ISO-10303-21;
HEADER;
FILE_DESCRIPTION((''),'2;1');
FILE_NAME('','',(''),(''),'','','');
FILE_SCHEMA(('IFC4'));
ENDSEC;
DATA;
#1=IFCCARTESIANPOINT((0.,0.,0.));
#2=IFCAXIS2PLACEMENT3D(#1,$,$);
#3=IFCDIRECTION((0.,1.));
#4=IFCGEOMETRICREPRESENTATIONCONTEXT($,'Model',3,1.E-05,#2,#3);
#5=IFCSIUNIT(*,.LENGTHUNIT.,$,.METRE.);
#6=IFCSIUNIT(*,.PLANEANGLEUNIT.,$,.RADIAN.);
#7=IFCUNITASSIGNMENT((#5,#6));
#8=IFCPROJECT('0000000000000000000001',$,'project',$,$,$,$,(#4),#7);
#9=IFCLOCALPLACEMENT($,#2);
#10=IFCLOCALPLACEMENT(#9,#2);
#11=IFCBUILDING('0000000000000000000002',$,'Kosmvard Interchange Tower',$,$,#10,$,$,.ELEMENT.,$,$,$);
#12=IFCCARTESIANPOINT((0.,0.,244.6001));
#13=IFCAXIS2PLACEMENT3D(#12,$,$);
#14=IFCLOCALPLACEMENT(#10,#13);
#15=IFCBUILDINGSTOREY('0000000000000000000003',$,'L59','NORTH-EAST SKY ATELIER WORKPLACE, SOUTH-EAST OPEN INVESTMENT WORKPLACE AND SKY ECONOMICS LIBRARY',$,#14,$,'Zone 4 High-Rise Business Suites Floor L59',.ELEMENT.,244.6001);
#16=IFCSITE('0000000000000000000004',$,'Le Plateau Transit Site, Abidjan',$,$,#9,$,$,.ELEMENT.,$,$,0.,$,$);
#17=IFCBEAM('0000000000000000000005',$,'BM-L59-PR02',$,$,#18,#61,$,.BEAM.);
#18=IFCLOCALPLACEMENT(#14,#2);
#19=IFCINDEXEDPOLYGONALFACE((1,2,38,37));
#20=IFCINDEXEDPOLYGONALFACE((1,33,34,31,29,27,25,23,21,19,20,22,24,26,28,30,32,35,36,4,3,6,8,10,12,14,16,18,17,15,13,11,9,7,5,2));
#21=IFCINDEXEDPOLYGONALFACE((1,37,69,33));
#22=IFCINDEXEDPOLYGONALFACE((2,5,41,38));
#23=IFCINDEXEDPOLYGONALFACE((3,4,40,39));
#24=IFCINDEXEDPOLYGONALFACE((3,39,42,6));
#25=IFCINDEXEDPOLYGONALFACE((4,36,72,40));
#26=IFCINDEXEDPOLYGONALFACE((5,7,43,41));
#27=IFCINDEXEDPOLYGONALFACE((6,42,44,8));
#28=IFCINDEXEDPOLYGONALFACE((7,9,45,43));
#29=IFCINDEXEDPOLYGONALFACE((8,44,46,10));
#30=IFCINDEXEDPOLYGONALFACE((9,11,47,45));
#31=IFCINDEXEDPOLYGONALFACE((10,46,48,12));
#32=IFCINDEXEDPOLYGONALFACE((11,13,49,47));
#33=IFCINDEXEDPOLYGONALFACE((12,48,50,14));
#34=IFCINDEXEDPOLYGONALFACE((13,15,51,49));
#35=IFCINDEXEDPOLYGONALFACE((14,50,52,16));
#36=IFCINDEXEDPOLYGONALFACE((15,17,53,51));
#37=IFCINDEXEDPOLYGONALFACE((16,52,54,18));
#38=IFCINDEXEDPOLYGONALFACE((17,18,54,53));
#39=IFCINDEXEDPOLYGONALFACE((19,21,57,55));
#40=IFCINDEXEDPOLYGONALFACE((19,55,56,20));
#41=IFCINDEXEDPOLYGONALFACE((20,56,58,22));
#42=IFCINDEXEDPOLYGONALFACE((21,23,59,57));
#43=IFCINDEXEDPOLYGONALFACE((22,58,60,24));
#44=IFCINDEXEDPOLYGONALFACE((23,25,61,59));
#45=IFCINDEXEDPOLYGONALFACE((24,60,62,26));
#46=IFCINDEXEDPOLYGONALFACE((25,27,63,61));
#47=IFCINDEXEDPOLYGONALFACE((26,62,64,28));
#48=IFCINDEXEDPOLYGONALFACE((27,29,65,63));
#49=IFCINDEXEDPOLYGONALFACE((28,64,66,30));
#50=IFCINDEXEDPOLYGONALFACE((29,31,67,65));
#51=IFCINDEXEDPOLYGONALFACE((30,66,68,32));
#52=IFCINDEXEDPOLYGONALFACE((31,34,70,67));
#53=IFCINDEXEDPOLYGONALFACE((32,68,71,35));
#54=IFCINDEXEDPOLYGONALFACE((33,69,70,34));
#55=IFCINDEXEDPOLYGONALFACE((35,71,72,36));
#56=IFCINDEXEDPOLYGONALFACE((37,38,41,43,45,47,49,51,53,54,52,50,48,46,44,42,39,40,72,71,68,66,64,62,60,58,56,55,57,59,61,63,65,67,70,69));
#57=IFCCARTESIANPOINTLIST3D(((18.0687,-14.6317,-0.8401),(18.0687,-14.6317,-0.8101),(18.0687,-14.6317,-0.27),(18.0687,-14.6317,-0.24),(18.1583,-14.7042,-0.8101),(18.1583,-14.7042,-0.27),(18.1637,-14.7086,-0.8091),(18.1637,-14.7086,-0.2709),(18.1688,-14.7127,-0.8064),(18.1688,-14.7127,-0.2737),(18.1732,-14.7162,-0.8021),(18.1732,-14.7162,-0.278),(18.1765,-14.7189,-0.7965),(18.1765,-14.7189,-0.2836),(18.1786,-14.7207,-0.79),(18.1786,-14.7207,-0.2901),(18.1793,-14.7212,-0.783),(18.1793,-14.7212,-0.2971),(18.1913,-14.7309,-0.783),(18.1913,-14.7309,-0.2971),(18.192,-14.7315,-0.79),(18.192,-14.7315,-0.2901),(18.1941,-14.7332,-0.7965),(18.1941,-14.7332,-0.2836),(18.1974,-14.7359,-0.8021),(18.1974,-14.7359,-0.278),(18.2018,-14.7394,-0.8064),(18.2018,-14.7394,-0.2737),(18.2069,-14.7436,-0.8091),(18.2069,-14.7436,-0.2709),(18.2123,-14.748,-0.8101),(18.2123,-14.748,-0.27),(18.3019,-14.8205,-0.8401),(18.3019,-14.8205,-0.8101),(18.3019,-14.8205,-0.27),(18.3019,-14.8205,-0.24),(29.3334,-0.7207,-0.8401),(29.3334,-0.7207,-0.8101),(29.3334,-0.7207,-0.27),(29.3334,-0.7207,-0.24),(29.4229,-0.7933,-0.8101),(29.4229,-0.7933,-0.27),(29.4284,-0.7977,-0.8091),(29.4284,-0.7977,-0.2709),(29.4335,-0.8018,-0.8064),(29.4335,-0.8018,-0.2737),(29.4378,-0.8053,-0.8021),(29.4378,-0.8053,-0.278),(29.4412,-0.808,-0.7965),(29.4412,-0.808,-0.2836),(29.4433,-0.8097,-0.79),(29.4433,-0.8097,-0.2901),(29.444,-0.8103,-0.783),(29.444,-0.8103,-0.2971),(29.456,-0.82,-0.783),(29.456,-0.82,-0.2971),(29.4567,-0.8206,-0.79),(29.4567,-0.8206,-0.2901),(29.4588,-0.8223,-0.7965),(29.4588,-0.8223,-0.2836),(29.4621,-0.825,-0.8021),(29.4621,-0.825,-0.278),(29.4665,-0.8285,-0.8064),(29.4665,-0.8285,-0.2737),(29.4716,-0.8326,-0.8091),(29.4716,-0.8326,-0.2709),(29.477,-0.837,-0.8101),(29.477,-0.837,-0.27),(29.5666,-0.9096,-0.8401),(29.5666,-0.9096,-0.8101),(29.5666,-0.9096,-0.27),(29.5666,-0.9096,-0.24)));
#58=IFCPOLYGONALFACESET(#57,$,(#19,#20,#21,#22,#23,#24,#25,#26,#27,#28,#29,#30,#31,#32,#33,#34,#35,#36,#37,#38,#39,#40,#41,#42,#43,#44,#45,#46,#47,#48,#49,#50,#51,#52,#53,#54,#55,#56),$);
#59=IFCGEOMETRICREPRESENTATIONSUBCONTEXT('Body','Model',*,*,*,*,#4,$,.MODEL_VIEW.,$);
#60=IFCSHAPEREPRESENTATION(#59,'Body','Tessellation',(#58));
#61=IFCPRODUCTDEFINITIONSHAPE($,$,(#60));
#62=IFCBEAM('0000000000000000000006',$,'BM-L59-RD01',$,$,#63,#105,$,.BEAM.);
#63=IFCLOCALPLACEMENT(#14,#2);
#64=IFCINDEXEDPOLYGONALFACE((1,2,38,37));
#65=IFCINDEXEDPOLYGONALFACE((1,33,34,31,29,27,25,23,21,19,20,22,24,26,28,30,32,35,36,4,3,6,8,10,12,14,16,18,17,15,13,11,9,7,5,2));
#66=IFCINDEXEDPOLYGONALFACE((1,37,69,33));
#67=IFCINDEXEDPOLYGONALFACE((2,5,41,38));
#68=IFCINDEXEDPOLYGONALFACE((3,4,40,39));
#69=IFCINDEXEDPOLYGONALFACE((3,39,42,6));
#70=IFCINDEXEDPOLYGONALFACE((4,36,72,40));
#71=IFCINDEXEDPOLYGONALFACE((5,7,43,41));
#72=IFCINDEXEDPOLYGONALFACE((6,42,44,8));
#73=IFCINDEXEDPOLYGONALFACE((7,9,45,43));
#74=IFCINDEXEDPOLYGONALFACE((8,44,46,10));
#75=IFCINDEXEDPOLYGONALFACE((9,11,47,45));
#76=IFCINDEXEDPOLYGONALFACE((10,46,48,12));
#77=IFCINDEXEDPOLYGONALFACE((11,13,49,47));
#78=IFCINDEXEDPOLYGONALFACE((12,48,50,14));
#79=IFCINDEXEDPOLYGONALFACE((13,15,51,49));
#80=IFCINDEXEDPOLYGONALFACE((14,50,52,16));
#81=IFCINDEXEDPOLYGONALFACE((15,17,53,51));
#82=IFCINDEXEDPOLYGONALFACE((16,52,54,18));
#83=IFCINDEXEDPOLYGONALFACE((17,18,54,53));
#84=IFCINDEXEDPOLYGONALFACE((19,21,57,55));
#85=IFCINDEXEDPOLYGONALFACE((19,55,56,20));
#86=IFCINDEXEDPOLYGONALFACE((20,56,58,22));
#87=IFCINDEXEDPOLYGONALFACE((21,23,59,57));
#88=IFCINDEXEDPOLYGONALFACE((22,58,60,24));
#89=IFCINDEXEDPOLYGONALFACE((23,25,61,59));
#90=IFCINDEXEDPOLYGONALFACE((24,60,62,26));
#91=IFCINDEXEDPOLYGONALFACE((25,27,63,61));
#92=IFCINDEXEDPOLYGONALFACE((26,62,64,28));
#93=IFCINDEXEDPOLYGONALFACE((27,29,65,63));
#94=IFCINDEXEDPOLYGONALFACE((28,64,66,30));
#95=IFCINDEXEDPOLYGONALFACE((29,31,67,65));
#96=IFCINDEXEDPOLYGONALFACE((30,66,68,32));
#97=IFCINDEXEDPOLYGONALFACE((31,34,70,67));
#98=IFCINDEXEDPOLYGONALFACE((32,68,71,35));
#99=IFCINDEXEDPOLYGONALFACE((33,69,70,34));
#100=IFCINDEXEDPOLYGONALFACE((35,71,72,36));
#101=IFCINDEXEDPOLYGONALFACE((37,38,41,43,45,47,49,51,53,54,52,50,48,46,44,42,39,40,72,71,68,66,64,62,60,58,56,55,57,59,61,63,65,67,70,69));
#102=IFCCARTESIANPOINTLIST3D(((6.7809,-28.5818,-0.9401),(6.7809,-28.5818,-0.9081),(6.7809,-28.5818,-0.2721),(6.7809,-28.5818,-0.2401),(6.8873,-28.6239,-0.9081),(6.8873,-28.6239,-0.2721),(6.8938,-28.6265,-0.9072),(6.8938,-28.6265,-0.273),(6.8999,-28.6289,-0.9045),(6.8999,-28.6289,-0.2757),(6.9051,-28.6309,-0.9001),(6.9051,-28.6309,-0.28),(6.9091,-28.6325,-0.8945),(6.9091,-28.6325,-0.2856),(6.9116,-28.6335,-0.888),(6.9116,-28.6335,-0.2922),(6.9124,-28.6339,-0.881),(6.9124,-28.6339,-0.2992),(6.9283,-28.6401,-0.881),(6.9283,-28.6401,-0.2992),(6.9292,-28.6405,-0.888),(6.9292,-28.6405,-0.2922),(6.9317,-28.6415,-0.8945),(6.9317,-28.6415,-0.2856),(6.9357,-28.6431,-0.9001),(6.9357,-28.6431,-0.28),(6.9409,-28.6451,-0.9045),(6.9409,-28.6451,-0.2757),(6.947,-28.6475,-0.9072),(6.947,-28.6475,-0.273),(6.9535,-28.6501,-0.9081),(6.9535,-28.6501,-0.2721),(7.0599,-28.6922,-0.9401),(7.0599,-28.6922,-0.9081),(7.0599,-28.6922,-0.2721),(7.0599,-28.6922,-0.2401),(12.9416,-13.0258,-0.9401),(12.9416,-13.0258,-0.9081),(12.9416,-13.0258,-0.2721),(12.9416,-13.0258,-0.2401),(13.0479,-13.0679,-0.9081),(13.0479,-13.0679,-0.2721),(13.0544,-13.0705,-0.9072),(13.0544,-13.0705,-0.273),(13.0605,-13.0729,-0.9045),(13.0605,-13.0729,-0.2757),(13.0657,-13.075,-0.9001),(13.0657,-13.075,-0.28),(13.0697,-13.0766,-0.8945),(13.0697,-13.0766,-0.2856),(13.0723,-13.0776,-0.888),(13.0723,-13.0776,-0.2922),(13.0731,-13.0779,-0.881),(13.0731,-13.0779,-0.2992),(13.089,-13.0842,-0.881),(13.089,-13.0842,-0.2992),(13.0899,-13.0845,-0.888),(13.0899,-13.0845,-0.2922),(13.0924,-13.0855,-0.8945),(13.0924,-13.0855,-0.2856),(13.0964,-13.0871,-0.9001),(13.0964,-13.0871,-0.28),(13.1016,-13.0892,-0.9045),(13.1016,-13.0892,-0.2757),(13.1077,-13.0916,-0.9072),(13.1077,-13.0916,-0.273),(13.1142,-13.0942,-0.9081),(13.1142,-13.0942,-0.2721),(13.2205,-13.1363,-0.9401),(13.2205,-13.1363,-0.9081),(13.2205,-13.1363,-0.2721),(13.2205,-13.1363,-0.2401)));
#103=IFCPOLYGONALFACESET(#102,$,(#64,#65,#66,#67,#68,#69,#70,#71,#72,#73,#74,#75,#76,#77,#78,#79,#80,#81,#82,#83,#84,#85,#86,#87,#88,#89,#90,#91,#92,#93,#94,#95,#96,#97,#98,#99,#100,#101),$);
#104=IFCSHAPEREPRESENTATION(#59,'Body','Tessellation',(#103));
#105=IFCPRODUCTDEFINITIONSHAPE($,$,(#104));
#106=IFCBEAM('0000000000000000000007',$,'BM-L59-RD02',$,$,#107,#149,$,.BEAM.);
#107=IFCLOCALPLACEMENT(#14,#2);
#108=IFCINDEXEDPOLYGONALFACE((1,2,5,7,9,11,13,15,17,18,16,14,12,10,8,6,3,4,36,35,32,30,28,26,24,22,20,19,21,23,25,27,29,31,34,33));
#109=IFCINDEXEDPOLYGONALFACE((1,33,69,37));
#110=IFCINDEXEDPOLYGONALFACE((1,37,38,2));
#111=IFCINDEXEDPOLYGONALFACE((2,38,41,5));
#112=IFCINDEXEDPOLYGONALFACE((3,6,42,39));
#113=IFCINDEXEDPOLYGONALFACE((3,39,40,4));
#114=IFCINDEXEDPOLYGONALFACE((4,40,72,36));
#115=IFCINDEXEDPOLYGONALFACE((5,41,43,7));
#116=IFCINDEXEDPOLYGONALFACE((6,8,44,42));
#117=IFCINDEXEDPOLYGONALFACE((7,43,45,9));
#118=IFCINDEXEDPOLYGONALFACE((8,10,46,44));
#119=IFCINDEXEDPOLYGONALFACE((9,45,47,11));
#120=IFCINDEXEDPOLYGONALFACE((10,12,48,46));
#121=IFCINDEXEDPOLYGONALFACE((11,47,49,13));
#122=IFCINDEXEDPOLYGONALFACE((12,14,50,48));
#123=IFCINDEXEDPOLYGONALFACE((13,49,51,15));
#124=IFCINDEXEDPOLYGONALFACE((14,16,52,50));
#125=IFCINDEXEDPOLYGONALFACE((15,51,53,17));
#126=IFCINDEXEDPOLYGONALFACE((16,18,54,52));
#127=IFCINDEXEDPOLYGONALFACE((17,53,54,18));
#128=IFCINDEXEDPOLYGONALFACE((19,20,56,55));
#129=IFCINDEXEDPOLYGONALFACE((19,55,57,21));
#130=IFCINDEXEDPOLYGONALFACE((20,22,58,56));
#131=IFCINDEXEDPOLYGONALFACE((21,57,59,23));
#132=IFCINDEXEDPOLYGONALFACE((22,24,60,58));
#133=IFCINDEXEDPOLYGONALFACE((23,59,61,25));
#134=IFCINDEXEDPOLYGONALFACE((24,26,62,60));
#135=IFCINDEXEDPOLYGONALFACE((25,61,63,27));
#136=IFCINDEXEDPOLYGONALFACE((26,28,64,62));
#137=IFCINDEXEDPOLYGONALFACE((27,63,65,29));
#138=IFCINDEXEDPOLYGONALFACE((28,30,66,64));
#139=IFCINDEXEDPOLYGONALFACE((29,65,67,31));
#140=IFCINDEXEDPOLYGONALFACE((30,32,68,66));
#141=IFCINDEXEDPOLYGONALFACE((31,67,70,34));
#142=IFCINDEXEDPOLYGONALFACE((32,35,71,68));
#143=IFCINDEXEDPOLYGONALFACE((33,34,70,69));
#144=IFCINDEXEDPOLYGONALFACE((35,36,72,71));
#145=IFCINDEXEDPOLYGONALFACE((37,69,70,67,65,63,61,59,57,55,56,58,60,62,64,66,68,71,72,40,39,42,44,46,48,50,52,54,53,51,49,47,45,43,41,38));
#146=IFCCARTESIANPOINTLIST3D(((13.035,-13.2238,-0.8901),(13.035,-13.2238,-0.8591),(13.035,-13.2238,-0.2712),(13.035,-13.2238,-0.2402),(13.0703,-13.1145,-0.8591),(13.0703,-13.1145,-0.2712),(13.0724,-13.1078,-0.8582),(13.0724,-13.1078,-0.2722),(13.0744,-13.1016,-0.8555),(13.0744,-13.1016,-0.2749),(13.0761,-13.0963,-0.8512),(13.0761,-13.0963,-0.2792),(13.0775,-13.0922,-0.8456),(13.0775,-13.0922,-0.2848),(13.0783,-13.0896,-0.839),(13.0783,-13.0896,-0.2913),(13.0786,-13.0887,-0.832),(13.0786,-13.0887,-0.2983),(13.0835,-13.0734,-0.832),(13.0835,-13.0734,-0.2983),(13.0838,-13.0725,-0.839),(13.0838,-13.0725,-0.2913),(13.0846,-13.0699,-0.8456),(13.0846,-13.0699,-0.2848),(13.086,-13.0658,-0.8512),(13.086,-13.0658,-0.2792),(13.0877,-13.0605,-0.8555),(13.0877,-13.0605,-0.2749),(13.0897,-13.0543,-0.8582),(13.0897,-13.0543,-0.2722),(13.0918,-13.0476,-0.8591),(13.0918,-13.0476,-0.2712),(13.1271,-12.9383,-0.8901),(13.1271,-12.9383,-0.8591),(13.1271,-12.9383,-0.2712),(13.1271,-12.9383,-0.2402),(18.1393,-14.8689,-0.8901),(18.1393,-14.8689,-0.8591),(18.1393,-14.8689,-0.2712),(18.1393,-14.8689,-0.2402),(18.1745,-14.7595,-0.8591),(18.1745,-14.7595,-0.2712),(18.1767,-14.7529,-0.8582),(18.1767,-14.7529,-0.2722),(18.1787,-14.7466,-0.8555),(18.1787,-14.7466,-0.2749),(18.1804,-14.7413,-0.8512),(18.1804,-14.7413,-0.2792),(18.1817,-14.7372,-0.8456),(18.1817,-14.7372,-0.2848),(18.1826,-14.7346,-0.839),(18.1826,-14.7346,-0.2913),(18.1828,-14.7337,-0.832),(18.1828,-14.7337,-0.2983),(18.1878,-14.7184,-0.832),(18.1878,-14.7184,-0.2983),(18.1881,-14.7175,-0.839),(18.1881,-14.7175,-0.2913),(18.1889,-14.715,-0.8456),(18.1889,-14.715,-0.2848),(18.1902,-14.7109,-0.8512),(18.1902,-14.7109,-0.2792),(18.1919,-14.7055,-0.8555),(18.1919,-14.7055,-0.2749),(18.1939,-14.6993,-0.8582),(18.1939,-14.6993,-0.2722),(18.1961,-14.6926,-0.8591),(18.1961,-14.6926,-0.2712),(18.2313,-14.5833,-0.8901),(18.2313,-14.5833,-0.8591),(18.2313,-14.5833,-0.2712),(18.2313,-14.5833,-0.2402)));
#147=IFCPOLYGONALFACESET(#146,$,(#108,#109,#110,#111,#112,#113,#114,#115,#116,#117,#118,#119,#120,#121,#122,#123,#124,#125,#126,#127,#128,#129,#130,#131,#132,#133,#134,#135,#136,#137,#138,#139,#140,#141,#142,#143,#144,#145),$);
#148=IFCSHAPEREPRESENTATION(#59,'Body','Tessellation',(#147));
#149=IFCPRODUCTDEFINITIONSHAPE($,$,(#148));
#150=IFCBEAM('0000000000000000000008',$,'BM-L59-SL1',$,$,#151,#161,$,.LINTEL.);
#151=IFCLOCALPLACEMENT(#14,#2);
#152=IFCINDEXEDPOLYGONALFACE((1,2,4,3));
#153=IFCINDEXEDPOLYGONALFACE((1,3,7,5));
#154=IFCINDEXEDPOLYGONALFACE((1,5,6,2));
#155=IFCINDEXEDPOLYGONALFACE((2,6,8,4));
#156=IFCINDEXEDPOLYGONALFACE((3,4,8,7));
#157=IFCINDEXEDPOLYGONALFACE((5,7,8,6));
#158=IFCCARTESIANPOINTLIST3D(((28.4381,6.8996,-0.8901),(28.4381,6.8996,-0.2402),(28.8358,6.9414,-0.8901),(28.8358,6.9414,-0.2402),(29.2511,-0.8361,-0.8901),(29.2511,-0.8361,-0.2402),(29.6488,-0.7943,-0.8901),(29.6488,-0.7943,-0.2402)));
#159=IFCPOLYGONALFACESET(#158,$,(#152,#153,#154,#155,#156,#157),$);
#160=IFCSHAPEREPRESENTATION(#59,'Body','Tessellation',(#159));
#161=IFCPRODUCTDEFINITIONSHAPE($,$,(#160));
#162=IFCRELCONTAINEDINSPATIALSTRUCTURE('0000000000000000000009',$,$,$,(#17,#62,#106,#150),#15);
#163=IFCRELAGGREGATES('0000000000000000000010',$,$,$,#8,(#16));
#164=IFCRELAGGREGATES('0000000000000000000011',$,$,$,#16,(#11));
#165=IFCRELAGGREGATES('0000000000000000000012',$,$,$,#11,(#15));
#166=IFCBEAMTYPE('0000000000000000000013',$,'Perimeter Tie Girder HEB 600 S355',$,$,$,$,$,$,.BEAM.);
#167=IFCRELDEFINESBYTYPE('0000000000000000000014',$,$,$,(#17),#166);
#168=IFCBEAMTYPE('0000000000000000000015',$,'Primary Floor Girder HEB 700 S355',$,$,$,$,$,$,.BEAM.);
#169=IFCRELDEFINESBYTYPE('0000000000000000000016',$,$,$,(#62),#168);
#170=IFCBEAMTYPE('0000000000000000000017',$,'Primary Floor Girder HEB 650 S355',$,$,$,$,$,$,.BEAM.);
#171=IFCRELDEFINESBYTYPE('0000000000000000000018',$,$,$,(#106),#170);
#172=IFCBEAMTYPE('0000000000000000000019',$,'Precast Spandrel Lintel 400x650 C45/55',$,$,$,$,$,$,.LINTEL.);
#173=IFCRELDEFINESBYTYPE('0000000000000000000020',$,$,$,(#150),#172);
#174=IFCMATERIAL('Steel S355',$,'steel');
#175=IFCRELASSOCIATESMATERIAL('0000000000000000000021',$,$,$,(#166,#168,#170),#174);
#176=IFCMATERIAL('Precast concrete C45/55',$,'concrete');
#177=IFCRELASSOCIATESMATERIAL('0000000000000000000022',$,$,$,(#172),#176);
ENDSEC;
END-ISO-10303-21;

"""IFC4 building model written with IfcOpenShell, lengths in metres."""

from ifc_helpers import new_model, si_unit, direction, frame, origin, origin_2d, place, context, subcontext, project, spatial, rectangle, i_section, extrude, source, transform, mapped, material, material_profile, profile_set, type_object, element, save


model = new_model("IFC4")

# Units and contexts
model_context = context("Model", 3, precision=1e-05, world=origin(), true_north=direction((0.0, 1.0)))
body_context = subcontext(model_context, "Body", "Model", "MODEL_VIEW")
ifc_project = project(units=[si_unit("LENGTHUNIT", "METRE"), si_unit("PLANEANGLEUNIT", "RADIAN")], contexts=[model_context])

# Site, building, storey
site_placement = place(None, origin())
site = spatial("IfcSite", under=ifc_project, at=site_placement, Name="Le Plateau Transit Site, Abidjan", CompositionType="ELEMENT", RefElevation=0.0)
building_placement = place(site_placement, origin())
building = spatial("IfcBuilding", under=site, at=building_placement, Name="Kosmvard Interchange Tower", CompositionType="ELEMENT")
storey_placement = place(building_placement, frame((0.0, 0.0, 244.6001)))
storey = spatial("IfcBuildingStorey", under=building, at=storey_placement, Name="L59", Description="NORTH-EAST SKY ATELIER WORKPLACE, SOUTH-EAST OPEN INVESTMENT WORKPLACE AND SKY ECONOMICS LIBRARY", LongName="Zone 4 High-Rise Business Suites Floor L59", CompositionType="ELEMENT", Elevation=244.6001)

# Beams
ifc_material_1 = material(Name="Steel S355", Category="steel")
ifc_material_profile_1 = material_profile(ifc_material_1, i_section(OverallWidth=0.3, OverallDepth=0.6001, WebThickness=0.0154, FlangeThickness=0.03, FilletRadius=0.0271, at=origin_2d()), Name="HEB 600")
ifc_profile_set_1 = profile_set([ifc_material_profile_1], Name="Steel S355")
beam_type_1 = type_object("IfcBeamType", Name="Perimeter Tie Girder HEB 600 S355", PredefinedType="BEAM", material=ifc_profile_set_1)
shared_shape_1 = source(origin(), body_context, "Body", "SweptSolid", [
    extrude(i_section(OverallWidth=0.3, OverallDepth=0.6001, WebThickness=0.0154, FlangeThickness=0.03, FilletRadius=0.0271, at=origin_2d()), origin(), (0.0, 0.0, 1.0), 17.8999),
])
beam_1_placement = place(storey_placement, frame((18.1853, -14.7261, -0.54), z_axis=(0.629315, 0.777151, 0.0), x_axis=(-0.777151, 0.629315, 0.0)))
element("IfcBeam", 1, at=beam_1_placement, inside=storey, type_object=beam_type_1, Name="BM-L59-PR02", PredefinedType="BEAM", context=body_context, shape_type="MappedRepresentation", body=[
    mapped(shared_shape_1, transform((0.0, 0.0, 0.0), scale=1.0)),
])
ifc_material_profile_2 = material_profile(ifc_material_1, i_section(OverallWidth=0.3, OverallDepth=0.7, WebThickness=0.0171, FlangeThickness=0.032, FilletRadius=0.0271, at=origin_2d()), Name="HEB 700")
ifc_profile_set_2 = profile_set([ifc_material_profile_2], Name="Steel S355")
beam_type_2 = type_object("IfcBeamType", Name="Primary Floor Girder HEB 700 S355", PredefinedType="BEAM", material=ifc_profile_set_2)
shared_shape_2 = source(origin(), body_context, "Body", "SweptSolid", [
    extrude(i_section(OverallWidth=0.3, OverallDepth=0.7, WebThickness=0.0171, FlangeThickness=0.032, FilletRadius=0.0271, at=origin_2d()), origin(), (0.0, 0.0, 1.0), 16.7314),
])
beam_2_placement = place(storey_placement, frame((13.0811, -13.0811, -0.5901), z_axis=(-0.368209, -0.929743, 0.0), x_axis=(0.929743, -0.368209, 0.0)))
element("IfcBeam", 2, at=beam_2_placement, inside=storey, type_object=beam_type_2, Name="BM-L59-RD01", PredefinedType="BEAM", context=body_context, shape_type="MappedRepresentation", body=[
    mapped(shared_shape_2, transform((0.0, 0.0, 0.0), scale=1.0)),
])
ifc_material_profile_3 = material_profile(ifc_material_1, i_section(OverallWidth=0.3, OverallDepth=0.6499, WebThickness=0.0161, FlangeThickness=0.031, FilletRadius=0.0271, at=origin_2d()), Name="HEB 650")
ifc_profile_set_3 = profile_set([ifc_material_profile_3], Name="Steel S355")
beam_type_3 = type_object("IfcBeamType", Name="Primary Floor Girder HEB 650 S355", PredefinedType="BEAM", material=ifc_profile_set_3)
shared_shape_3 = source(origin(), body_context, "Body", "SweptSolid", [
    extrude(i_section(OverallWidth=0.3, OverallDepth=0.6499, WebThickness=0.0161, FlangeThickness=0.031, FilletRadius=0.0271, at=origin_2d()), origin(), (0.0, 0.0, 1.0), 5.3628),
])
beam_3_placement = place(storey_placement, frame((13.0811, -13.0811, -0.5652), z_axis=(0.951791, -0.306747, 0.0), x_axis=(0.306747, 0.951791, 0.0)))
element("IfcBeam", 3, at=beam_3_placement, inside=storey, type_object=beam_type_3, Name="BM-L59-RD02", PredefinedType="BEAM", context=body_context, shape_type="MappedRepresentation", body=[
    mapped(shared_shape_3, transform((0.0, 0.0, 0.0), scale=1.0)),
])
ifc_material_2 = material(Name="Precast concrete C45/55", Category="concrete")
ifc_material_profile_4 = material_profile(ifc_material_2, rectangle(XDim=0.3999, YDim=0.6499, at=origin_2d()), Name="SL 400x650")
ifc_profile_set_4 = profile_set([ifc_material_profile_4], Name="Precast concrete C45/55")
beam_type_4 = type_object("IfcBeamType", Name="Precast Spandrel Lintel 400x650 C45/55", PredefinedType="LINTEL", material=ifc_profile_set_4)
shared_shape_4 = source(origin(), body_context, "Body", "SweptSolid", [
    extrude(rectangle(XDim=0.3999, YDim=0.6499, at=origin_2d()), origin(), (0.0, 0.0, 1.0), 7.7783),
])
beam_4_placement = place(storey_placement, frame((29.45, -0.8152, -0.5652), z_axis=(-0.104521, 0.994523, 0.0), x_axis=(-0.994523, -0.104521, 0.0)))
element("IfcBeam", 4, at=beam_4_placement, inside=storey, type_object=beam_type_4, Name="BM-L59-SL1", PredefinedType="LINTEL", context=body_context, shape_type="MappedRepresentation", body=[
    mapped(shared_shape_4, transform((0.0, 0.0, 0.0), scale=1.0)),
])

save(model, "model.ifc")
